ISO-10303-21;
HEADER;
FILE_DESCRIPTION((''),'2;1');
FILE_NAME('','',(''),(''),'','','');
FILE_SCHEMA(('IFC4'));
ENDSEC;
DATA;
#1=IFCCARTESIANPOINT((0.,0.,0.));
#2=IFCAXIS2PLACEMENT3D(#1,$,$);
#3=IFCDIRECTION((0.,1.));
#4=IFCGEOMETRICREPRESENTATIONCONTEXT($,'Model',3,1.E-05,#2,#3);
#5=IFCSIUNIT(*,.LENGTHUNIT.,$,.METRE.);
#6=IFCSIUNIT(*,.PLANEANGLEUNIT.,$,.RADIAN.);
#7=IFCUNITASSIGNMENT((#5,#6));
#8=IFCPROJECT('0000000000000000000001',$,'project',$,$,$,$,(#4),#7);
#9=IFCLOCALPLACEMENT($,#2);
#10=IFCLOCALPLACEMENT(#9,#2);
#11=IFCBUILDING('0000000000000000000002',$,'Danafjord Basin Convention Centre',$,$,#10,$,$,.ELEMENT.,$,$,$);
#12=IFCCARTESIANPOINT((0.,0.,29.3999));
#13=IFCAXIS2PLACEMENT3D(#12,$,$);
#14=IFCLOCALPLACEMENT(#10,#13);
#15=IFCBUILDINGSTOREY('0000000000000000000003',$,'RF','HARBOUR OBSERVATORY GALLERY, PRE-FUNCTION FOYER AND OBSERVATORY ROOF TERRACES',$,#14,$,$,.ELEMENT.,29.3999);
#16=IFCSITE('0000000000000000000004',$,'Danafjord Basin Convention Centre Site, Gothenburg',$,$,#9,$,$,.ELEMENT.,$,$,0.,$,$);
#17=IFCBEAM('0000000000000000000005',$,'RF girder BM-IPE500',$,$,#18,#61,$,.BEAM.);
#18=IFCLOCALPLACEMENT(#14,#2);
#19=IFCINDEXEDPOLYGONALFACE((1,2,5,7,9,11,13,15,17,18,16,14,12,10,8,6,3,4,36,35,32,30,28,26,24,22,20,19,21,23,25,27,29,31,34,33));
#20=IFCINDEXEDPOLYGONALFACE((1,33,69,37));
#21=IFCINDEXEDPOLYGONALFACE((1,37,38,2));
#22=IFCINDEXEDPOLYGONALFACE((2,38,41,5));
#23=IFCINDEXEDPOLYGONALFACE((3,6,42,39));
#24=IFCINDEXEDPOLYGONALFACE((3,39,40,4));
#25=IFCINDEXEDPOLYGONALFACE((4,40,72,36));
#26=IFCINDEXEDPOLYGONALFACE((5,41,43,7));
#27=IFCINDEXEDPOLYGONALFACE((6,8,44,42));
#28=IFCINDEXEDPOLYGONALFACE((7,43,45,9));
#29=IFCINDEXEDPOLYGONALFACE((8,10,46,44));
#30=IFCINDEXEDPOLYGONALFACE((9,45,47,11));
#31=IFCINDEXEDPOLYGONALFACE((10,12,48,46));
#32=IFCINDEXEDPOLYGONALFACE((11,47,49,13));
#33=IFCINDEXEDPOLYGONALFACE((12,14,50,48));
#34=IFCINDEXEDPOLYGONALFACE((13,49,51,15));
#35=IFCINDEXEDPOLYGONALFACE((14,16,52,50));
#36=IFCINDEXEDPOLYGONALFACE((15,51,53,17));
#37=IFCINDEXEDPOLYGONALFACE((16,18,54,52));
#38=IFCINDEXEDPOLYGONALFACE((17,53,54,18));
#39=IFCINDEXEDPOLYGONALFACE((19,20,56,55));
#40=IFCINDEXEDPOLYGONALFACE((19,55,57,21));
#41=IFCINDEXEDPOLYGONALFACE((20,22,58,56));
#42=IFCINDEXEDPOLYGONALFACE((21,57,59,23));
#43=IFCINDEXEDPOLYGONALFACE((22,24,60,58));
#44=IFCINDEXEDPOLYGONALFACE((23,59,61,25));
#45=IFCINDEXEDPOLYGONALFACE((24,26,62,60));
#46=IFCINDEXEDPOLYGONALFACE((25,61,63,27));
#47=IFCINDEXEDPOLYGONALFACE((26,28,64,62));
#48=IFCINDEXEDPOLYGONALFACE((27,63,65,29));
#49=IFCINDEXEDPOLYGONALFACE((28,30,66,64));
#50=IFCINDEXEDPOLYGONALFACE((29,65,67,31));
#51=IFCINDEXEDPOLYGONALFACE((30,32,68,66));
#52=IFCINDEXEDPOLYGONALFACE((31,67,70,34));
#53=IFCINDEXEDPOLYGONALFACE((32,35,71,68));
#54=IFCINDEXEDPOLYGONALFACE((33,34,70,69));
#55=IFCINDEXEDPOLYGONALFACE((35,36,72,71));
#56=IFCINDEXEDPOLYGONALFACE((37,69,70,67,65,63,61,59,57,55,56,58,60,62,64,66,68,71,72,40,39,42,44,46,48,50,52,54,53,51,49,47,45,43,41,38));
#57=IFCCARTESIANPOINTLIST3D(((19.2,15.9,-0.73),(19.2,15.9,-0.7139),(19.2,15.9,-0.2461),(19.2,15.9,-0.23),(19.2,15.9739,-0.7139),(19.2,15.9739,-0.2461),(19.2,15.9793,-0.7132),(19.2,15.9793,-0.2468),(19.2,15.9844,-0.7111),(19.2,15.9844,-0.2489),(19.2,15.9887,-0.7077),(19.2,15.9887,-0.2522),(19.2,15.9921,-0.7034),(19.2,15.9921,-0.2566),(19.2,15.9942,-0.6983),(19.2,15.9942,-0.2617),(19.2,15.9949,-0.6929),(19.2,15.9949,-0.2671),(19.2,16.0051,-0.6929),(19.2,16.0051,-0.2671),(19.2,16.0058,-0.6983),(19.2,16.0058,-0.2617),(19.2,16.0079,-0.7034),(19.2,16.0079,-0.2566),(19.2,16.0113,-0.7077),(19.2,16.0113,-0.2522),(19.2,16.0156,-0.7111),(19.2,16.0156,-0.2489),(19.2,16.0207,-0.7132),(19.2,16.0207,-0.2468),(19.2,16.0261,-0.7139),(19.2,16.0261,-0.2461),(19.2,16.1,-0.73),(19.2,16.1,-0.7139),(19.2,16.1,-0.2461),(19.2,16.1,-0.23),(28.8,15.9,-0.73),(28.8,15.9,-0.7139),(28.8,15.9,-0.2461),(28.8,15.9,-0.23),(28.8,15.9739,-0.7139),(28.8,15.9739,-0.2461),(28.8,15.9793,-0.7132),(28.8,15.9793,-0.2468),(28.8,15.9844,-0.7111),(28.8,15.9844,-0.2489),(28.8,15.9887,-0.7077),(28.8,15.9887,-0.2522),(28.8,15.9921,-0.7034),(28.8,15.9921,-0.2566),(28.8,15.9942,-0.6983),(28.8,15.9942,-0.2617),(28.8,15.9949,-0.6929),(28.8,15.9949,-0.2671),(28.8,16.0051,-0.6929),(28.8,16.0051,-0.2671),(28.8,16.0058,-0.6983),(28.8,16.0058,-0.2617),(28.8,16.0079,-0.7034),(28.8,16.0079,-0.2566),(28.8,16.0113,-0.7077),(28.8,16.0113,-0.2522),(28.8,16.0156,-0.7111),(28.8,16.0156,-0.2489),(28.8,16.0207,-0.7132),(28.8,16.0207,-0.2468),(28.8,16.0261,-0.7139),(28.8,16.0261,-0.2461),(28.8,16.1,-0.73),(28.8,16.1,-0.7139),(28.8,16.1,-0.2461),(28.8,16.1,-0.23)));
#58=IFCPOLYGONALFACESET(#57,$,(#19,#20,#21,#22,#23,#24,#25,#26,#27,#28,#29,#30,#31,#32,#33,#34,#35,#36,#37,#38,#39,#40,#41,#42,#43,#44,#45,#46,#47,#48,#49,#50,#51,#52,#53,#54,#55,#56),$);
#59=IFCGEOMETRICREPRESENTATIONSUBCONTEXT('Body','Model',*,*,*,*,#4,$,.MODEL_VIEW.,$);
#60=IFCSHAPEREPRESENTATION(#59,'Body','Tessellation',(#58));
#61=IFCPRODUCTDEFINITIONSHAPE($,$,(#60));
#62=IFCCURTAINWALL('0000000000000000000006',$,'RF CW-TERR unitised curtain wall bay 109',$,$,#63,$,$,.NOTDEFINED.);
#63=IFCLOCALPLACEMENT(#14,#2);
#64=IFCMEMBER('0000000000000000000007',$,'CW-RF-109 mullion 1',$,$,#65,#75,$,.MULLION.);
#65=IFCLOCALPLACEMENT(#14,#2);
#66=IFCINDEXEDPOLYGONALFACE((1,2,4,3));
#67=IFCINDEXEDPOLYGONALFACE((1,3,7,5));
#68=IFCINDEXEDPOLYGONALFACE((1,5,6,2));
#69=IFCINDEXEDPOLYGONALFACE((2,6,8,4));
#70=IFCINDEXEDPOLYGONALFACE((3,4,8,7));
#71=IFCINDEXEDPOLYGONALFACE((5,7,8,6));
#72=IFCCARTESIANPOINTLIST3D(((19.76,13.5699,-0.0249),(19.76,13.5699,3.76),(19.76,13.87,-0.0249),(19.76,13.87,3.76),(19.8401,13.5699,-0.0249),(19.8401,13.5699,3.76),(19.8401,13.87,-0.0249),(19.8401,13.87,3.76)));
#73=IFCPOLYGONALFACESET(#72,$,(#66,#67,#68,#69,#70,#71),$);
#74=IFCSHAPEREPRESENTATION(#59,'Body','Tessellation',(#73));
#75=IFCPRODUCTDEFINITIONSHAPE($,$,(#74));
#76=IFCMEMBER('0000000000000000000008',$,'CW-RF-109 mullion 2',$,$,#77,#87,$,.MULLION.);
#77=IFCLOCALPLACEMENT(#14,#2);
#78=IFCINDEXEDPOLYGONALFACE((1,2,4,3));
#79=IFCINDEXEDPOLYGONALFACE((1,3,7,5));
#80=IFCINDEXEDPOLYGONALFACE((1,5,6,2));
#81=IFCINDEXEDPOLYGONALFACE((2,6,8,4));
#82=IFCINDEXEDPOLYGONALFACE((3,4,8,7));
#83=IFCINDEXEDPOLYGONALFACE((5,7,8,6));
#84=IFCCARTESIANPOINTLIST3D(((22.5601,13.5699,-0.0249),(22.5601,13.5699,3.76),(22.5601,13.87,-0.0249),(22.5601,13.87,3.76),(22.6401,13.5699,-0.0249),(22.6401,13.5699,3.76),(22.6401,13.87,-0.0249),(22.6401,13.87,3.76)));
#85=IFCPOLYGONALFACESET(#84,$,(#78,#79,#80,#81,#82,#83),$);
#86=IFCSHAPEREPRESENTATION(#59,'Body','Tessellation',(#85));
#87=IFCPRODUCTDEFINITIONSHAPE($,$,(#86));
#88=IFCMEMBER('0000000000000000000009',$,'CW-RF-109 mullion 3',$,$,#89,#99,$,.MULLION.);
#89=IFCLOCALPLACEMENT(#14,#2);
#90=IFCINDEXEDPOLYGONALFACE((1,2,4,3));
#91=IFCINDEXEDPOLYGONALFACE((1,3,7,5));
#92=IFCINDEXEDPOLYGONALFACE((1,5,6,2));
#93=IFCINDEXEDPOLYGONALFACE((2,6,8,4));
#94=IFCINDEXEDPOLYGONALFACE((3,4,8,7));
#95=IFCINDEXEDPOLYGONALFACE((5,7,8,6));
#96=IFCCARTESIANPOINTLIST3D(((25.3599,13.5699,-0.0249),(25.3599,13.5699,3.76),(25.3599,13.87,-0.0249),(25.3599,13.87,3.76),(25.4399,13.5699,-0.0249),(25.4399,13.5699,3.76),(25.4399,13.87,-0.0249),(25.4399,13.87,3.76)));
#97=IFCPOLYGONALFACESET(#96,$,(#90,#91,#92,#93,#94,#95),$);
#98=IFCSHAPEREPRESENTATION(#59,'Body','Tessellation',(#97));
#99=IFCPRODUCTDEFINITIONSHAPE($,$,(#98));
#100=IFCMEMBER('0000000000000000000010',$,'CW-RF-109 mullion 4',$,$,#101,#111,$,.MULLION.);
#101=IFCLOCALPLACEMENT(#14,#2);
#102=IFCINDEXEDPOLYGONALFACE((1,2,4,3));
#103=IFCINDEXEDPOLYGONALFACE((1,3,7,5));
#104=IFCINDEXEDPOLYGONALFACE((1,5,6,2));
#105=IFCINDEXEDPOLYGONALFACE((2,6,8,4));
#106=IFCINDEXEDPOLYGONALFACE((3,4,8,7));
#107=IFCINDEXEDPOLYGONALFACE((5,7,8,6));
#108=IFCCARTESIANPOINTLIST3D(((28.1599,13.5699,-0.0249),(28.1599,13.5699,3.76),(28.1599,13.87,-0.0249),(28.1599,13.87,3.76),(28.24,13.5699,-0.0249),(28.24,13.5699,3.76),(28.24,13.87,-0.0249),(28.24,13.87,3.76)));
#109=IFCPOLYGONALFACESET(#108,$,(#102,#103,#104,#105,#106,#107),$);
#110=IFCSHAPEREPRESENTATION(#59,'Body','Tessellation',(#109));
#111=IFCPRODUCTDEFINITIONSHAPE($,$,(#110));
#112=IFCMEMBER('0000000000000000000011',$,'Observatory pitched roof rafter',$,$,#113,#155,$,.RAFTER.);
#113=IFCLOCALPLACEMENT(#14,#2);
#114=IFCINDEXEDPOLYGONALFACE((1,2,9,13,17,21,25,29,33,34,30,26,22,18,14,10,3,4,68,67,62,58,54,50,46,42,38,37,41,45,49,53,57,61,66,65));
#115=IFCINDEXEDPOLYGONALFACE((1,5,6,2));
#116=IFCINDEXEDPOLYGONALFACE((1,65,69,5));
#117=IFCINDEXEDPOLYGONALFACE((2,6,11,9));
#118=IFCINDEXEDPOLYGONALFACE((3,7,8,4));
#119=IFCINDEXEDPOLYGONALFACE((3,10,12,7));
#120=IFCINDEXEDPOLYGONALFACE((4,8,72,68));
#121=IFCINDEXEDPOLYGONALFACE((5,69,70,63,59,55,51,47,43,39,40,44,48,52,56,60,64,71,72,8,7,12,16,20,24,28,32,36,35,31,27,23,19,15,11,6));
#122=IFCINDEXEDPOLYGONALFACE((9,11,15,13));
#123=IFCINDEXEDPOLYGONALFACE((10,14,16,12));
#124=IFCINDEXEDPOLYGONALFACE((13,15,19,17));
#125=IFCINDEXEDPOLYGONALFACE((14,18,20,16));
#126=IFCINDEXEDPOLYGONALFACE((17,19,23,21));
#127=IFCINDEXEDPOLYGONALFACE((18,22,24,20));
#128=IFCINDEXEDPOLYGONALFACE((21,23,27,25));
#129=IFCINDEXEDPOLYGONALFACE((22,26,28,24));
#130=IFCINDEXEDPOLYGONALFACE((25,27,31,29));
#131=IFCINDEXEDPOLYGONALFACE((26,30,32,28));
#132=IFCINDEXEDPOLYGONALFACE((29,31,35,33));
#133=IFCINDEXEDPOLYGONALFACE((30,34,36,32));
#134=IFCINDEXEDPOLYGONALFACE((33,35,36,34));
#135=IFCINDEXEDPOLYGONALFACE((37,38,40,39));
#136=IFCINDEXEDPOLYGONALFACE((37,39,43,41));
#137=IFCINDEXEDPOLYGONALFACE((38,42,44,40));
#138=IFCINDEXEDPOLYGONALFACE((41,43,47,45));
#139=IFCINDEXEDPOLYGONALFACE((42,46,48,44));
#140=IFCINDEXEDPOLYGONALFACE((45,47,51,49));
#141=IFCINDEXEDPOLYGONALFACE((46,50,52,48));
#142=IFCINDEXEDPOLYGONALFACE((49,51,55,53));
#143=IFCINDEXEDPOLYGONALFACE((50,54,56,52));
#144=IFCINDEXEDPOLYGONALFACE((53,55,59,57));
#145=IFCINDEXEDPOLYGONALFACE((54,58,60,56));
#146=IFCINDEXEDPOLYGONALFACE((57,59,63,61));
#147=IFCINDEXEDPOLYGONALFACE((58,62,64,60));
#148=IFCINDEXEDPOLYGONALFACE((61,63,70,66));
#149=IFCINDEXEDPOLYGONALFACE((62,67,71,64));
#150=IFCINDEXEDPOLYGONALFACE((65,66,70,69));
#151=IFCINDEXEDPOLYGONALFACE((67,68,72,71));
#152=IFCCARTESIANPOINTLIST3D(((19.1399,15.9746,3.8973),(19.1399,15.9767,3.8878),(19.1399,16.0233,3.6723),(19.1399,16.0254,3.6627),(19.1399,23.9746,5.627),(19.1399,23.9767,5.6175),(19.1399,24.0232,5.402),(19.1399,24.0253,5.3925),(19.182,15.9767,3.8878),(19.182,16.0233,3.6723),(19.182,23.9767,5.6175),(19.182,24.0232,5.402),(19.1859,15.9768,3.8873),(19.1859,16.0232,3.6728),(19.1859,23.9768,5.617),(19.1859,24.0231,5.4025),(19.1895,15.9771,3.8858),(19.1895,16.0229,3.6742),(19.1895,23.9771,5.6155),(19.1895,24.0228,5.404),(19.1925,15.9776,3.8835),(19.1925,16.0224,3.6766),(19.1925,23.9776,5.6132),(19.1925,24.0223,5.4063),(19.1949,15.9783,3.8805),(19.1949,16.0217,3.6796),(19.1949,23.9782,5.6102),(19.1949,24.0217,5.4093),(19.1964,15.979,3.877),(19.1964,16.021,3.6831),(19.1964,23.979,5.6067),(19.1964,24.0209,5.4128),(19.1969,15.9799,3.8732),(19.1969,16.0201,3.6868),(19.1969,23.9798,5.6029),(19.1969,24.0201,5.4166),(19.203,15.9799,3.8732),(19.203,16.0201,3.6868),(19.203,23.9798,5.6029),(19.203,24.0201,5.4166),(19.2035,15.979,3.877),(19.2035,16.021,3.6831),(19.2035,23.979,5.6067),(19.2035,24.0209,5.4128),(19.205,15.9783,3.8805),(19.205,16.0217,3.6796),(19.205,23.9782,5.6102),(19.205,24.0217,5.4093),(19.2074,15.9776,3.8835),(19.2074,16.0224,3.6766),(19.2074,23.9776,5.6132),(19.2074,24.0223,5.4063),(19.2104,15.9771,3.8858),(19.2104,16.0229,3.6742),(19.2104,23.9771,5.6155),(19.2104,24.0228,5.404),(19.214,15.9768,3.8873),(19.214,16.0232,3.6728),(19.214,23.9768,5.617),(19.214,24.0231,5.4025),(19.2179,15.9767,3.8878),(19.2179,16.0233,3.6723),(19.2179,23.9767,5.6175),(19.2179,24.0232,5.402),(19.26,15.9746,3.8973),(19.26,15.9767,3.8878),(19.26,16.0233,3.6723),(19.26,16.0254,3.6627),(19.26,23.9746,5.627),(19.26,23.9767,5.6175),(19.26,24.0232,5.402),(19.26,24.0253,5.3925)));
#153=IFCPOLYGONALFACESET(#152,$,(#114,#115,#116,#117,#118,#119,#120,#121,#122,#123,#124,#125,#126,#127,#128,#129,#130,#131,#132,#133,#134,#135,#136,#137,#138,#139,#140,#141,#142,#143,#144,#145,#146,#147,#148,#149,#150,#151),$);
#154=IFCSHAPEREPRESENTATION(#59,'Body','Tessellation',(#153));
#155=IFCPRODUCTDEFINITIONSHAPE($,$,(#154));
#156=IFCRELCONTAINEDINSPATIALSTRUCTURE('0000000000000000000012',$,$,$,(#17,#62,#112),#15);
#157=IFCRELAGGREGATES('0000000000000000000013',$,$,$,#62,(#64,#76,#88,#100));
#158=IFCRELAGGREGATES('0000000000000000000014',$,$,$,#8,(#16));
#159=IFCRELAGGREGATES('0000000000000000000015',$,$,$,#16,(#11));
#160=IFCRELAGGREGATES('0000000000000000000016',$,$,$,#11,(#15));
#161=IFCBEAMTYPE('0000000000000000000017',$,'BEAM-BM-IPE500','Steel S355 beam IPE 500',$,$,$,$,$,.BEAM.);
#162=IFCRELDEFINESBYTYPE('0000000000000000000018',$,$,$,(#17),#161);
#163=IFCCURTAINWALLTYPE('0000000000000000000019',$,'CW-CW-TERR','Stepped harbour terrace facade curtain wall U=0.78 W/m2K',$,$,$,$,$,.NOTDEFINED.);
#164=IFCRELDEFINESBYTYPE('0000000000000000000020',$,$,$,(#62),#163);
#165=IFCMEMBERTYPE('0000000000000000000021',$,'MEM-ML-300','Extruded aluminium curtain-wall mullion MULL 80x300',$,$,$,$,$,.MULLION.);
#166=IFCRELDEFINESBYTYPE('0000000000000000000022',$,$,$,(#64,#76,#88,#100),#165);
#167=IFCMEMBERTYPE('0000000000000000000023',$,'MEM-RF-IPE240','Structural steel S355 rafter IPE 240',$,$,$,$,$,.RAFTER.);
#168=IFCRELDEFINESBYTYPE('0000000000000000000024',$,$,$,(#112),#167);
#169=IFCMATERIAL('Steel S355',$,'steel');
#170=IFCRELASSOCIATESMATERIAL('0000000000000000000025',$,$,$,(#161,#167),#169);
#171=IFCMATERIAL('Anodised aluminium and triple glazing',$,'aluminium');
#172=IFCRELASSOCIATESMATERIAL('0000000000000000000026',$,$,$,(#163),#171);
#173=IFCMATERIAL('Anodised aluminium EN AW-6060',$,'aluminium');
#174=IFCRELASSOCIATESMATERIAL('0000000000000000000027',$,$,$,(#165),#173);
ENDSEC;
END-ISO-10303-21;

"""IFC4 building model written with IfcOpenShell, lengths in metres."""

from ifc_helpers import new_model, si_unit, direction, frame, origin, origin_2d, place, context, subcontext, project, spatial, rectangle, i_section, extrude, material, material_profile, profile_set, type_object, element, aggregate, save


model = new_model("IFC4")

# Units and contexts
model_context = context("Model", 3, precision=1e-05, world=origin(), true_north=direction((0.0, 1.0)))
body_context = subcontext(model_context, "Body", "Model", "MODEL_VIEW")
ifc_project = project(units=[si_unit("LENGTHUNIT", "METRE"), si_unit("PLANEANGLEUNIT", "RADIAN")], contexts=[model_context])

# Site, building, storey
site_placement = place(None, origin())
site = spatial("IfcSite", under=ifc_project, at=site_placement, Name="Danafjord Basin Convention Centre Site, Gothenburg", CompositionType="ELEMENT", RefElevation=0.0)
building_placement = place(site_placement, origin())
building = spatial("IfcBuilding", under=site, at=building_placement, Name="Danafjord Basin Convention Centre", CompositionType="ELEMENT")
storey_placement = place(building_placement, frame((0.0, 0.0, 29.3999)))
storey = spatial("IfcBuildingStorey", under=building, at=storey_placement, Name="RF", Description="HARBOUR OBSERVATORY GALLERY, PRE-FUNCTION FOYER AND OBSERVATORY ROOF TERRACES", CompositionType="ELEMENT", Elevation=29.3999)

# Shared definitions
ifc_material_1 = material(Name="Steel S355", Category="steel")

# Beam
ifc_material_profile_1 = material_profile(ifc_material_1, i_section(OverallWidth=0.2, OverallDepth=0.5, WebThickness=0.0103, FlangeThickness=0.0161, FilletRadius=0.021, at=origin_2d()), Name="IPE 500")
ifc_profile_set_1 = profile_set([ifc_material_profile_1], Name="Steel S355")
beam_type_1 = type_object("IfcBeamType", Name="BEAM-BM-IPE500", Description="Steel S355 beam IPE 500", PredefinedType="BEAM", material=ifc_profile_set_1)
beam_1_placement = place(storey_placement, frame((19.2, 16.0, -0.48), z_axis=(1.0, 0.0, 0.0), x_axis=(0.0, 1.0, 0.0)))
element("IfcBeam", 1, at=beam_1_placement, inside=storey, type_object=beam_type_1, Name="RF girder BM-IPE500", PredefinedType="BEAM", context=body_context, shape_type="SweptSolid", body=[
    extrude(i_section(OverallWidth=0.2, OverallDepth=0.5, WebThickness=0.0103, FlangeThickness=0.0161, FilletRadius=0.021, at=origin_2d()), origin(), (0.0, 0.0, 1.0), 9.6001),
])

# Curtain wall, members
ifc_material_2 = material(Name="Anodised aluminium and triple glazing", Category="aluminium")
curtain_wall_type = type_object("IfcCurtainWallType", Name="CW-CW-TERR", Description="Stepped harbour terrace facade curtain wall U=0.78 W/m2K", PredefinedType="NOTDEFINED", material=ifc_material_2)
curtain_wall_placement = place(storey_placement, origin())
curtain_wall = element("IfcCurtainWall", 2, at=curtain_wall_placement, inside=storey, type_object=curtain_wall_type, Name="RF CW-TERR unitised curtain wall bay 109", PredefinedType="NOTDEFINED")
ifc_material_3 = material(Name="Anodised aluminium EN AW-6060", Category="aluminium")
ifc_material_profile_2 = material_profile(ifc_material_3, rectangle(XDim=0.0801, YDim=0.3, at=origin_2d()), Name="MULL 80x300")
ifc_profile_set_2 = profile_set([ifc_material_profile_2], Name="Anodised aluminium EN AW-6060")
member_type_1 = type_object("IfcMemberType", Name="MEM-ML-300", Description="Extruded aluminium curtain-wall mullion MULL 80x300", PredefinedType="MULLION", material=ifc_profile_set_2)
member_1_placement = place(storey_placement, frame((19.8, 13.72, -0.0249), z_axis=(0.0, 0.0, 1.0), x_axis=(1.0, 0.0, 0.0)))
member_1 = element("IfcMember", 3, at=member_1_placement, type_object=member_type_1, Name="CW-RF-109 mullion 1", PredefinedType="MULLION", context=body_context, shape_type="SweptSolid", body=[
    extrude(rectangle(XDim=0.0801, YDim=0.3, at=origin_2d()), origin(), (0.0, 0.0, 1.0), 3.7849),
])
member_2_placement = place(storey_placement, frame((22.6001, 13.72, -0.0249), z_axis=(0.0, 0.0, 1.0), x_axis=(1.0, 0.0, 0.0)))
member_2 = element("IfcMember", 4, at=member_2_placement, type_object=member_type_1, Name="CW-RF-109 mullion 2", PredefinedType="MULLION", context=body_context, shape_type="SweptSolid", body=[
    extrude(rectangle(XDim=0.0801, YDim=0.3, at=origin_2d()), origin(), (0.0, 0.0, 1.0), 3.7849),
])
member_3_placement = place(storey_placement, frame((25.3999, 13.72, -0.0249), z_axis=(0.0, 0.0, 1.0), x_axis=(1.0, 0.0, 0.0)))
member_3 = element("IfcMember", 5, at=member_3_placement, type_object=member_type_1, Name="CW-RF-109 mullion 3", PredefinedType="MULLION", context=body_context, shape_type="SweptSolid", body=[
    extrude(rectangle(XDim=0.0801, YDim=0.3, at=origin_2d()), origin(), (0.0, 0.0, 1.0), 3.7849),
])
member_4_placement = place(storey_placement, frame((28.2, 13.72, -0.0249), z_axis=(0.0, 0.0, 1.0), x_axis=(1.0, 0.0, 0.0)))
member_4 = element("IfcMember", 6, at=member_4_placement, type_object=member_type_1, Name="CW-RF-109 mullion 4", PredefinedType="MULLION", context=body_context, shape_type="SweptSolid", body=[
    extrude(rectangle(XDim=0.0801, YDim=0.3, at=origin_2d()), origin(), (0.0, 0.0, 1.0), 3.7849),
])

# Member
ifc_material_profile_3 = material_profile(ifc_material_1, i_section(OverallWidth=0.1201, OverallDepth=0.24, WebThickness=0.0061, FlangeThickness=0.0098, FilletRadius=0.0149, at=origin_2d()), Name="IPE 240")
ifc_profile_set_3 = profile_set([ifc_material_profile_3], Name="Steel S355")
member_type_2 = type_object("IfcMemberType", Name="MEM-RF-IPE240", Description="Structural steel S355 rafter IPE 240", PredefinedType="RAFTER", material=ifc_profile_set_3)
member_5_placement = place(storey_placement, frame((19.2, 16.0, 3.78), z_axis=(0.0, 0.977414, 0.211334), x_axis=(-1.0, 0.0, 0.0)))
element("IfcMember", 7, at=member_5_placement, inside=storey, type_object=member_type_2, Name="Observatory pitched roof rafter", PredefinedType="RAFTER", context=body_context, shape_type="SweptSolid", body=[
    extrude(i_section(OverallWidth=0.1201, OverallDepth=0.24, WebThickness=0.0061, FlangeThickness=0.0098, FilletRadius=0.0149, at=origin_2d()), origin(), (0.0, 0.0, 1.0), 8.1848),
])

aggregate(curtain_wall, [member_1, member_2, member_3, member_4])

save(model, "model.ifc")
